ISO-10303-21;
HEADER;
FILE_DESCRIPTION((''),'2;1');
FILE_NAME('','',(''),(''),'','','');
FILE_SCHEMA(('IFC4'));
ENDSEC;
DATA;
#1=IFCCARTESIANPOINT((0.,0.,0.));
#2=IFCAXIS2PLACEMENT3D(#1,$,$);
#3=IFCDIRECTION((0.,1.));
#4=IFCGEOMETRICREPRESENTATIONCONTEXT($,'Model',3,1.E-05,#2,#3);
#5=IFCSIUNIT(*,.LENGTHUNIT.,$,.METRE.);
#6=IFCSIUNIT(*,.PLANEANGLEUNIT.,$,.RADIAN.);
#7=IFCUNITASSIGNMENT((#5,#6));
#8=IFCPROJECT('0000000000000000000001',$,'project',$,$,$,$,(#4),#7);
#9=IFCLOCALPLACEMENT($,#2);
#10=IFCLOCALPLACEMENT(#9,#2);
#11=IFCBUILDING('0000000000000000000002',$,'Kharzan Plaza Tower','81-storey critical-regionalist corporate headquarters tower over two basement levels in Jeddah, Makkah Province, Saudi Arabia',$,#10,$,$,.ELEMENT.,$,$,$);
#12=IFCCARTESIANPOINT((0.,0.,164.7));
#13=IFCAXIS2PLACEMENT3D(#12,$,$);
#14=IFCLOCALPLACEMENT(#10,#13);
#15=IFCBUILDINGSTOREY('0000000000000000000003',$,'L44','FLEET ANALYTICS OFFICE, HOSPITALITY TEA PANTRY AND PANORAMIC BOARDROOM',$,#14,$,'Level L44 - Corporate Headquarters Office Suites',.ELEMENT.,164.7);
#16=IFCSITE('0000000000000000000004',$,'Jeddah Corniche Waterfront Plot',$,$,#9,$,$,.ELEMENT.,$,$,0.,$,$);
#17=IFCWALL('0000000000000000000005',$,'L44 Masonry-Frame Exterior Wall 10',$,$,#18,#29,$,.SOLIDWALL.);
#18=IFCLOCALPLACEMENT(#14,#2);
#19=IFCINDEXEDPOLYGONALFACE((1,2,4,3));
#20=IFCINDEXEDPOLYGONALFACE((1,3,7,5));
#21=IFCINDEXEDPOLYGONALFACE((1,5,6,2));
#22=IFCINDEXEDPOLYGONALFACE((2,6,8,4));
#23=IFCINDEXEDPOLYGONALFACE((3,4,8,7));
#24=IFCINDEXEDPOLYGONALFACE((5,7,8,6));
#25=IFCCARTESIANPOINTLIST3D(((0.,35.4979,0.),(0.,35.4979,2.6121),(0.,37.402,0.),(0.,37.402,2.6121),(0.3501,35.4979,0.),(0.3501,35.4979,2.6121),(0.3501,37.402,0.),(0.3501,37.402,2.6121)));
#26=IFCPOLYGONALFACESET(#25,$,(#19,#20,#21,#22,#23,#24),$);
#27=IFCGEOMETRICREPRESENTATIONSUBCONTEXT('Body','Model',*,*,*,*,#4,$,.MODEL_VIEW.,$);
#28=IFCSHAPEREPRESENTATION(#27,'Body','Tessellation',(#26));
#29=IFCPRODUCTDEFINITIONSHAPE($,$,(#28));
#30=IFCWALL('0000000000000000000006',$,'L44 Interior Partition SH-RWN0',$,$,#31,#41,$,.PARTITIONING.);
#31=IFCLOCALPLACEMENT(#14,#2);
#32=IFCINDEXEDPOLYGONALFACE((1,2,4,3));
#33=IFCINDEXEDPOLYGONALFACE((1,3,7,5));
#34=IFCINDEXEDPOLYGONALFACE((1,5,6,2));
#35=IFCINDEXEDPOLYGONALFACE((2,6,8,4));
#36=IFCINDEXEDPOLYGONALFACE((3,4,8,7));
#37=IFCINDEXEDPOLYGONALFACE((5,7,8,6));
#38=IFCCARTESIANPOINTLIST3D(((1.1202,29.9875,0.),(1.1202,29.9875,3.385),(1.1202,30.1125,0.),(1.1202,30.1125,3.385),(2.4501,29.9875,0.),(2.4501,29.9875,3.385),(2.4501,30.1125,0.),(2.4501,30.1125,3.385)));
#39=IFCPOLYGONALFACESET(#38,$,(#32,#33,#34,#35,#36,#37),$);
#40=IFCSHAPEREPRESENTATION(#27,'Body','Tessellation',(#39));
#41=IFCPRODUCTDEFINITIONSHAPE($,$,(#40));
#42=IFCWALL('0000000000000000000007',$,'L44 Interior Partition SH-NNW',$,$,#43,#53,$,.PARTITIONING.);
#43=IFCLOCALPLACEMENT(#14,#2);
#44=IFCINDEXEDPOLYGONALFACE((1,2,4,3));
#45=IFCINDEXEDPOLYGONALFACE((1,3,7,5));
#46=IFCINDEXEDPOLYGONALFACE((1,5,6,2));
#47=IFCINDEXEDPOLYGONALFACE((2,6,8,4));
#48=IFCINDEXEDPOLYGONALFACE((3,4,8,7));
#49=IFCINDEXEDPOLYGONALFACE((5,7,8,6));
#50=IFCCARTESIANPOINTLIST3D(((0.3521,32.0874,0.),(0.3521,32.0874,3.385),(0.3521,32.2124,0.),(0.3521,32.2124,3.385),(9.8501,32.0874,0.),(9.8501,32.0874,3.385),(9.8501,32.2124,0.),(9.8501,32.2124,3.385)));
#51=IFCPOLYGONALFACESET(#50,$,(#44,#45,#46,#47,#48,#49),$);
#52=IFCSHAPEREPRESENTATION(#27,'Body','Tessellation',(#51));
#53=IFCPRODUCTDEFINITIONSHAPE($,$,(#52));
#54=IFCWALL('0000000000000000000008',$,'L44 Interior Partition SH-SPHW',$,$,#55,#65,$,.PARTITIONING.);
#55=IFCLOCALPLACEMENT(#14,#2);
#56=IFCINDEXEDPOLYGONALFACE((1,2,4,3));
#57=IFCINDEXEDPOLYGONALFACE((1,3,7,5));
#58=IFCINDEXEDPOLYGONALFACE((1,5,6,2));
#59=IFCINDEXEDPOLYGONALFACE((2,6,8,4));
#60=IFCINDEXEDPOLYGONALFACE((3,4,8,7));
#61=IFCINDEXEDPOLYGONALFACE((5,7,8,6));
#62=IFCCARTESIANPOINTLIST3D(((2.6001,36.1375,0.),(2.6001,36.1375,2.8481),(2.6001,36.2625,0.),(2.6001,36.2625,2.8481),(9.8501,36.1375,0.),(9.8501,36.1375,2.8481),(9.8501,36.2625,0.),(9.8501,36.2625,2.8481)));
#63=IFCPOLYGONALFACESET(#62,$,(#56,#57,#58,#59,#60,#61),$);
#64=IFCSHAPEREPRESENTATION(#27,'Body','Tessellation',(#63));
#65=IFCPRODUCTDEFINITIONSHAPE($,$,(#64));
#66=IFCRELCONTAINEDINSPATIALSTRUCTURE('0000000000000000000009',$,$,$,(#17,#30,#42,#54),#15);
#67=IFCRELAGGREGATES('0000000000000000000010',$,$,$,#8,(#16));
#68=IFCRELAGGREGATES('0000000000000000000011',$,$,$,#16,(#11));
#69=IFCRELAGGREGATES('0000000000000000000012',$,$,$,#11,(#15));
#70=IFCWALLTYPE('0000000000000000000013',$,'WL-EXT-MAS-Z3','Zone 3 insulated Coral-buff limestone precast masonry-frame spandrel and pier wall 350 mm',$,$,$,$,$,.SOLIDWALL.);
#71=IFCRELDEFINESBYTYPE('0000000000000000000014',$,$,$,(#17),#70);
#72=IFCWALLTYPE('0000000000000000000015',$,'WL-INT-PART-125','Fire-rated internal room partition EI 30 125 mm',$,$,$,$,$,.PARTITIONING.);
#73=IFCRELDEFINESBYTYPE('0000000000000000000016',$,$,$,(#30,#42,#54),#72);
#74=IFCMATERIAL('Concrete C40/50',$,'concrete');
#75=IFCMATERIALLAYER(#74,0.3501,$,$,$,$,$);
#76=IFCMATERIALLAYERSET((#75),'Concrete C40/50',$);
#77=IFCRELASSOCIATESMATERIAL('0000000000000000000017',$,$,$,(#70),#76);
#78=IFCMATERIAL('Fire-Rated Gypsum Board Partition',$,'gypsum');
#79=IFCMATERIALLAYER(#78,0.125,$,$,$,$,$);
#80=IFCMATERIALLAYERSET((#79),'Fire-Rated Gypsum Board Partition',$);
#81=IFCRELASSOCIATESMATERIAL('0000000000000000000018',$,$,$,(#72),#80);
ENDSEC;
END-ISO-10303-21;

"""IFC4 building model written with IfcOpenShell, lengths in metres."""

from ifc_helpers import new_model, si_unit, direction, frame, frame_2d, origin, place, context, subcontext, project, spatial, rectangle, extrude, source, transform, mapped, material, layer, layer_set, type_object, element, save


model = new_model("IFC4")

# Units and contexts
model_context = context("Model", 3, precision=1e-05, world=origin(), true_north=direction((0.0, 1.0)))
body_context = subcontext(model_context, "Body", "Model", "MODEL_VIEW")
ifc_project = project(units=[si_unit("LENGTHUNIT", "METRE"), si_unit("PLANEANGLEUNIT", "RADIAN")], contexts=[model_context])

# Site, building, storey
site_placement = place(None, origin())
site = spatial("IfcSite", under=ifc_project, at=site_placement, Name="Jeddah Corniche Waterfront Plot", CompositionType="ELEMENT", RefElevation=0.0)
building_placement = place(site_placement, origin())
building = spatial("IfcBuilding", under=site, at=building_placement, Name="Kharzan Plaza Tower", Description="81-storey critical-regionalist corporate headquarters tower over two basement levels in Jeddah, Makkah Province, Saudi Arabia", CompositionType="ELEMENT")
storey_placement = place(building_placement, frame((0.0, 0.0, 164.7)))
storey = spatial("IfcBuildingStorey", under=building, at=storey_placement, Name="L44", Description="FLEET ANALYTICS OFFICE, HOSPITALITY TEA PANTRY AND PANORAMIC BOARDROOM", LongName="Level L44 - Corporate Headquarters Office Suites", CompositionType="ELEMENT", Elevation=164.7)

# Shared definitions
ifc_material_1 = material(Name="Concrete C40/50", Category="concrete")
ifc_layer_1 = layer(ifc_material_1, 0.3501)
ifc_layer_set_1 = layer_set([ifc_layer_1], Name="Concrete C40/50")
wall_type_1 = type_object("IfcWallType", Name="WL-EXT-MAS-Z3", Description="Zone 3 insulated Coral-buff limestone precast masonry-frame spandrel and pier wall 350 mm", PredefinedType="SOLIDWALL", material=ifc_layer_set_1)

# Shared definitions
ifc_material_2 = material(Name="Fire-Rated Gypsum Board Partition", Category="gypsum")
ifc_layer_2 = layer(ifc_material_2, 0.125)
ifc_layer_set_2 = layer_set([ifc_layer_2], Name="Fire-Rated Gypsum Board Partition")
wall_type_2 = type_object("IfcWallType", Name="WL-INT-PART-125", Description="Fire-rated internal room partition EI 30 125 mm", PredefinedType="PARTITIONING", material=ifc_layer_set_2)

# Walls
shared_shape_1 = source(origin(), body_context, "Body", "SweptSolid", [
    extrude(rectangle(XDim=1.9041, YDim=0.3501, at=frame_2d((0.9521, 0.0))), origin(), (0.0, 0.0, 1.0), 2.6121),
])
wall_1_placement = place(storey_placement, frame((0.175, 37.4021, 0.0), z_axis=(0.0, 0.0, 1.0), x_axis=(0.0, -1.0, 0.0)))
element("IfcWall", 1, at=wall_1_placement, inside=storey, type_object=wall_type_1, Name="L44 Masonry-Frame Exterior Wall 10", PredefinedType="SOLIDWALL", context=body_context, shape_type="MappedRepresentation", body=[
    mapped(shared_shape_1, transform((0.0, 0.0, 0.0), x_axis=(1.0, 0.0, 0.0), y_axis=(0.0, 1.0, 0.0), z_axis=(0.0, 0.0, 1.0))),
])
shared_shape_2 = source(origin(), body_context, "Body", "SweptSolid", [
    extrude(rectangle(XDim=1.3298, YDim=0.125, at=frame_2d((0.665, 0.0))), origin(), (0.0, 0.0, 1.0), 3.385),
])
wall_2_placement = place(storey_placement, frame((1.1201, 30.05, 0.0), z_axis=(0.0, 0.0, 1.0), x_axis=(1.0, 0.0, 0.0)))
element("IfcWall", 2, at=wall_2_placement, inside=storey, type_object=wall_type_2, Name="L44 Interior Partition SH-RWN0", PredefinedType="PARTITIONING", context=body_context, shape_type="MappedRepresentation", body=[
    mapped(shared_shape_2, transform((0.0, 0.0, 0.0), x_axis=(1.0, 0.0, 0.0), y_axis=(0.0, 1.0, 0.0), z_axis=(0.0, 0.0, 1.0))),
])
shared_shape_3 = source(origin(), body_context, "Body", "SweptSolid", [
    extrude(rectangle(XDim=9.498, YDim=0.125, at=frame_2d((4.749, 0.0))), origin(), (0.0, 0.0, 1.0), 3.385),
])
wall_3_placement = place(storey_placement, frame((0.3521, 32.1499, 0.0), z_axis=(0.0, 0.0, 1.0), x_axis=(1.0, 0.0, 0.0)))
element("IfcWall", 3, at=wall_3_placement, inside=storey, type_object=wall_type_2, Name="L44 Interior Partition SH-NNW", PredefinedType="PARTITIONING", context=body_context, shape_type="MappedRepresentation", body=[
    mapped(shared_shape_3, transform((0.0, 0.0, 0.0), x_axis=(1.0, 0.0, 0.0), y_axis=(0.0, 1.0, 0.0), z_axis=(0.0, 0.0, 1.0))),
])
shared_shape_4 = source(origin(), body_context, "Body", "SweptSolid", [
    extrude(rectangle(XDim=7.25, YDim=0.125, at=frame_2d((3.625, 0.0))), origin(), (0.0, 0.0, 1.0), 2.8481),
])
wall_4_placement = place(storey_placement, frame((2.6001, 36.2, 0.0), z_axis=(0.0, 0.0, 1.0), x_axis=(1.0, 0.0, 0.0)))
element("IfcWall", 4, at=wall_4_placement, inside=storey, type_object=wall_type_2, Name="L44 Interior Partition SH-SPHW", PredefinedType="PARTITIONING", context=body_context, shape_type="MappedRepresentation", body=[
    mapped(shared_shape_4, transform((0.0, 0.0, 0.0), x_axis=(1.0, 0.0, 0.0), y_axis=(0.0, 1.0, 0.0), z_axis=(0.0, 0.0, 1.0))),
])

save(model, "model.ifc")
